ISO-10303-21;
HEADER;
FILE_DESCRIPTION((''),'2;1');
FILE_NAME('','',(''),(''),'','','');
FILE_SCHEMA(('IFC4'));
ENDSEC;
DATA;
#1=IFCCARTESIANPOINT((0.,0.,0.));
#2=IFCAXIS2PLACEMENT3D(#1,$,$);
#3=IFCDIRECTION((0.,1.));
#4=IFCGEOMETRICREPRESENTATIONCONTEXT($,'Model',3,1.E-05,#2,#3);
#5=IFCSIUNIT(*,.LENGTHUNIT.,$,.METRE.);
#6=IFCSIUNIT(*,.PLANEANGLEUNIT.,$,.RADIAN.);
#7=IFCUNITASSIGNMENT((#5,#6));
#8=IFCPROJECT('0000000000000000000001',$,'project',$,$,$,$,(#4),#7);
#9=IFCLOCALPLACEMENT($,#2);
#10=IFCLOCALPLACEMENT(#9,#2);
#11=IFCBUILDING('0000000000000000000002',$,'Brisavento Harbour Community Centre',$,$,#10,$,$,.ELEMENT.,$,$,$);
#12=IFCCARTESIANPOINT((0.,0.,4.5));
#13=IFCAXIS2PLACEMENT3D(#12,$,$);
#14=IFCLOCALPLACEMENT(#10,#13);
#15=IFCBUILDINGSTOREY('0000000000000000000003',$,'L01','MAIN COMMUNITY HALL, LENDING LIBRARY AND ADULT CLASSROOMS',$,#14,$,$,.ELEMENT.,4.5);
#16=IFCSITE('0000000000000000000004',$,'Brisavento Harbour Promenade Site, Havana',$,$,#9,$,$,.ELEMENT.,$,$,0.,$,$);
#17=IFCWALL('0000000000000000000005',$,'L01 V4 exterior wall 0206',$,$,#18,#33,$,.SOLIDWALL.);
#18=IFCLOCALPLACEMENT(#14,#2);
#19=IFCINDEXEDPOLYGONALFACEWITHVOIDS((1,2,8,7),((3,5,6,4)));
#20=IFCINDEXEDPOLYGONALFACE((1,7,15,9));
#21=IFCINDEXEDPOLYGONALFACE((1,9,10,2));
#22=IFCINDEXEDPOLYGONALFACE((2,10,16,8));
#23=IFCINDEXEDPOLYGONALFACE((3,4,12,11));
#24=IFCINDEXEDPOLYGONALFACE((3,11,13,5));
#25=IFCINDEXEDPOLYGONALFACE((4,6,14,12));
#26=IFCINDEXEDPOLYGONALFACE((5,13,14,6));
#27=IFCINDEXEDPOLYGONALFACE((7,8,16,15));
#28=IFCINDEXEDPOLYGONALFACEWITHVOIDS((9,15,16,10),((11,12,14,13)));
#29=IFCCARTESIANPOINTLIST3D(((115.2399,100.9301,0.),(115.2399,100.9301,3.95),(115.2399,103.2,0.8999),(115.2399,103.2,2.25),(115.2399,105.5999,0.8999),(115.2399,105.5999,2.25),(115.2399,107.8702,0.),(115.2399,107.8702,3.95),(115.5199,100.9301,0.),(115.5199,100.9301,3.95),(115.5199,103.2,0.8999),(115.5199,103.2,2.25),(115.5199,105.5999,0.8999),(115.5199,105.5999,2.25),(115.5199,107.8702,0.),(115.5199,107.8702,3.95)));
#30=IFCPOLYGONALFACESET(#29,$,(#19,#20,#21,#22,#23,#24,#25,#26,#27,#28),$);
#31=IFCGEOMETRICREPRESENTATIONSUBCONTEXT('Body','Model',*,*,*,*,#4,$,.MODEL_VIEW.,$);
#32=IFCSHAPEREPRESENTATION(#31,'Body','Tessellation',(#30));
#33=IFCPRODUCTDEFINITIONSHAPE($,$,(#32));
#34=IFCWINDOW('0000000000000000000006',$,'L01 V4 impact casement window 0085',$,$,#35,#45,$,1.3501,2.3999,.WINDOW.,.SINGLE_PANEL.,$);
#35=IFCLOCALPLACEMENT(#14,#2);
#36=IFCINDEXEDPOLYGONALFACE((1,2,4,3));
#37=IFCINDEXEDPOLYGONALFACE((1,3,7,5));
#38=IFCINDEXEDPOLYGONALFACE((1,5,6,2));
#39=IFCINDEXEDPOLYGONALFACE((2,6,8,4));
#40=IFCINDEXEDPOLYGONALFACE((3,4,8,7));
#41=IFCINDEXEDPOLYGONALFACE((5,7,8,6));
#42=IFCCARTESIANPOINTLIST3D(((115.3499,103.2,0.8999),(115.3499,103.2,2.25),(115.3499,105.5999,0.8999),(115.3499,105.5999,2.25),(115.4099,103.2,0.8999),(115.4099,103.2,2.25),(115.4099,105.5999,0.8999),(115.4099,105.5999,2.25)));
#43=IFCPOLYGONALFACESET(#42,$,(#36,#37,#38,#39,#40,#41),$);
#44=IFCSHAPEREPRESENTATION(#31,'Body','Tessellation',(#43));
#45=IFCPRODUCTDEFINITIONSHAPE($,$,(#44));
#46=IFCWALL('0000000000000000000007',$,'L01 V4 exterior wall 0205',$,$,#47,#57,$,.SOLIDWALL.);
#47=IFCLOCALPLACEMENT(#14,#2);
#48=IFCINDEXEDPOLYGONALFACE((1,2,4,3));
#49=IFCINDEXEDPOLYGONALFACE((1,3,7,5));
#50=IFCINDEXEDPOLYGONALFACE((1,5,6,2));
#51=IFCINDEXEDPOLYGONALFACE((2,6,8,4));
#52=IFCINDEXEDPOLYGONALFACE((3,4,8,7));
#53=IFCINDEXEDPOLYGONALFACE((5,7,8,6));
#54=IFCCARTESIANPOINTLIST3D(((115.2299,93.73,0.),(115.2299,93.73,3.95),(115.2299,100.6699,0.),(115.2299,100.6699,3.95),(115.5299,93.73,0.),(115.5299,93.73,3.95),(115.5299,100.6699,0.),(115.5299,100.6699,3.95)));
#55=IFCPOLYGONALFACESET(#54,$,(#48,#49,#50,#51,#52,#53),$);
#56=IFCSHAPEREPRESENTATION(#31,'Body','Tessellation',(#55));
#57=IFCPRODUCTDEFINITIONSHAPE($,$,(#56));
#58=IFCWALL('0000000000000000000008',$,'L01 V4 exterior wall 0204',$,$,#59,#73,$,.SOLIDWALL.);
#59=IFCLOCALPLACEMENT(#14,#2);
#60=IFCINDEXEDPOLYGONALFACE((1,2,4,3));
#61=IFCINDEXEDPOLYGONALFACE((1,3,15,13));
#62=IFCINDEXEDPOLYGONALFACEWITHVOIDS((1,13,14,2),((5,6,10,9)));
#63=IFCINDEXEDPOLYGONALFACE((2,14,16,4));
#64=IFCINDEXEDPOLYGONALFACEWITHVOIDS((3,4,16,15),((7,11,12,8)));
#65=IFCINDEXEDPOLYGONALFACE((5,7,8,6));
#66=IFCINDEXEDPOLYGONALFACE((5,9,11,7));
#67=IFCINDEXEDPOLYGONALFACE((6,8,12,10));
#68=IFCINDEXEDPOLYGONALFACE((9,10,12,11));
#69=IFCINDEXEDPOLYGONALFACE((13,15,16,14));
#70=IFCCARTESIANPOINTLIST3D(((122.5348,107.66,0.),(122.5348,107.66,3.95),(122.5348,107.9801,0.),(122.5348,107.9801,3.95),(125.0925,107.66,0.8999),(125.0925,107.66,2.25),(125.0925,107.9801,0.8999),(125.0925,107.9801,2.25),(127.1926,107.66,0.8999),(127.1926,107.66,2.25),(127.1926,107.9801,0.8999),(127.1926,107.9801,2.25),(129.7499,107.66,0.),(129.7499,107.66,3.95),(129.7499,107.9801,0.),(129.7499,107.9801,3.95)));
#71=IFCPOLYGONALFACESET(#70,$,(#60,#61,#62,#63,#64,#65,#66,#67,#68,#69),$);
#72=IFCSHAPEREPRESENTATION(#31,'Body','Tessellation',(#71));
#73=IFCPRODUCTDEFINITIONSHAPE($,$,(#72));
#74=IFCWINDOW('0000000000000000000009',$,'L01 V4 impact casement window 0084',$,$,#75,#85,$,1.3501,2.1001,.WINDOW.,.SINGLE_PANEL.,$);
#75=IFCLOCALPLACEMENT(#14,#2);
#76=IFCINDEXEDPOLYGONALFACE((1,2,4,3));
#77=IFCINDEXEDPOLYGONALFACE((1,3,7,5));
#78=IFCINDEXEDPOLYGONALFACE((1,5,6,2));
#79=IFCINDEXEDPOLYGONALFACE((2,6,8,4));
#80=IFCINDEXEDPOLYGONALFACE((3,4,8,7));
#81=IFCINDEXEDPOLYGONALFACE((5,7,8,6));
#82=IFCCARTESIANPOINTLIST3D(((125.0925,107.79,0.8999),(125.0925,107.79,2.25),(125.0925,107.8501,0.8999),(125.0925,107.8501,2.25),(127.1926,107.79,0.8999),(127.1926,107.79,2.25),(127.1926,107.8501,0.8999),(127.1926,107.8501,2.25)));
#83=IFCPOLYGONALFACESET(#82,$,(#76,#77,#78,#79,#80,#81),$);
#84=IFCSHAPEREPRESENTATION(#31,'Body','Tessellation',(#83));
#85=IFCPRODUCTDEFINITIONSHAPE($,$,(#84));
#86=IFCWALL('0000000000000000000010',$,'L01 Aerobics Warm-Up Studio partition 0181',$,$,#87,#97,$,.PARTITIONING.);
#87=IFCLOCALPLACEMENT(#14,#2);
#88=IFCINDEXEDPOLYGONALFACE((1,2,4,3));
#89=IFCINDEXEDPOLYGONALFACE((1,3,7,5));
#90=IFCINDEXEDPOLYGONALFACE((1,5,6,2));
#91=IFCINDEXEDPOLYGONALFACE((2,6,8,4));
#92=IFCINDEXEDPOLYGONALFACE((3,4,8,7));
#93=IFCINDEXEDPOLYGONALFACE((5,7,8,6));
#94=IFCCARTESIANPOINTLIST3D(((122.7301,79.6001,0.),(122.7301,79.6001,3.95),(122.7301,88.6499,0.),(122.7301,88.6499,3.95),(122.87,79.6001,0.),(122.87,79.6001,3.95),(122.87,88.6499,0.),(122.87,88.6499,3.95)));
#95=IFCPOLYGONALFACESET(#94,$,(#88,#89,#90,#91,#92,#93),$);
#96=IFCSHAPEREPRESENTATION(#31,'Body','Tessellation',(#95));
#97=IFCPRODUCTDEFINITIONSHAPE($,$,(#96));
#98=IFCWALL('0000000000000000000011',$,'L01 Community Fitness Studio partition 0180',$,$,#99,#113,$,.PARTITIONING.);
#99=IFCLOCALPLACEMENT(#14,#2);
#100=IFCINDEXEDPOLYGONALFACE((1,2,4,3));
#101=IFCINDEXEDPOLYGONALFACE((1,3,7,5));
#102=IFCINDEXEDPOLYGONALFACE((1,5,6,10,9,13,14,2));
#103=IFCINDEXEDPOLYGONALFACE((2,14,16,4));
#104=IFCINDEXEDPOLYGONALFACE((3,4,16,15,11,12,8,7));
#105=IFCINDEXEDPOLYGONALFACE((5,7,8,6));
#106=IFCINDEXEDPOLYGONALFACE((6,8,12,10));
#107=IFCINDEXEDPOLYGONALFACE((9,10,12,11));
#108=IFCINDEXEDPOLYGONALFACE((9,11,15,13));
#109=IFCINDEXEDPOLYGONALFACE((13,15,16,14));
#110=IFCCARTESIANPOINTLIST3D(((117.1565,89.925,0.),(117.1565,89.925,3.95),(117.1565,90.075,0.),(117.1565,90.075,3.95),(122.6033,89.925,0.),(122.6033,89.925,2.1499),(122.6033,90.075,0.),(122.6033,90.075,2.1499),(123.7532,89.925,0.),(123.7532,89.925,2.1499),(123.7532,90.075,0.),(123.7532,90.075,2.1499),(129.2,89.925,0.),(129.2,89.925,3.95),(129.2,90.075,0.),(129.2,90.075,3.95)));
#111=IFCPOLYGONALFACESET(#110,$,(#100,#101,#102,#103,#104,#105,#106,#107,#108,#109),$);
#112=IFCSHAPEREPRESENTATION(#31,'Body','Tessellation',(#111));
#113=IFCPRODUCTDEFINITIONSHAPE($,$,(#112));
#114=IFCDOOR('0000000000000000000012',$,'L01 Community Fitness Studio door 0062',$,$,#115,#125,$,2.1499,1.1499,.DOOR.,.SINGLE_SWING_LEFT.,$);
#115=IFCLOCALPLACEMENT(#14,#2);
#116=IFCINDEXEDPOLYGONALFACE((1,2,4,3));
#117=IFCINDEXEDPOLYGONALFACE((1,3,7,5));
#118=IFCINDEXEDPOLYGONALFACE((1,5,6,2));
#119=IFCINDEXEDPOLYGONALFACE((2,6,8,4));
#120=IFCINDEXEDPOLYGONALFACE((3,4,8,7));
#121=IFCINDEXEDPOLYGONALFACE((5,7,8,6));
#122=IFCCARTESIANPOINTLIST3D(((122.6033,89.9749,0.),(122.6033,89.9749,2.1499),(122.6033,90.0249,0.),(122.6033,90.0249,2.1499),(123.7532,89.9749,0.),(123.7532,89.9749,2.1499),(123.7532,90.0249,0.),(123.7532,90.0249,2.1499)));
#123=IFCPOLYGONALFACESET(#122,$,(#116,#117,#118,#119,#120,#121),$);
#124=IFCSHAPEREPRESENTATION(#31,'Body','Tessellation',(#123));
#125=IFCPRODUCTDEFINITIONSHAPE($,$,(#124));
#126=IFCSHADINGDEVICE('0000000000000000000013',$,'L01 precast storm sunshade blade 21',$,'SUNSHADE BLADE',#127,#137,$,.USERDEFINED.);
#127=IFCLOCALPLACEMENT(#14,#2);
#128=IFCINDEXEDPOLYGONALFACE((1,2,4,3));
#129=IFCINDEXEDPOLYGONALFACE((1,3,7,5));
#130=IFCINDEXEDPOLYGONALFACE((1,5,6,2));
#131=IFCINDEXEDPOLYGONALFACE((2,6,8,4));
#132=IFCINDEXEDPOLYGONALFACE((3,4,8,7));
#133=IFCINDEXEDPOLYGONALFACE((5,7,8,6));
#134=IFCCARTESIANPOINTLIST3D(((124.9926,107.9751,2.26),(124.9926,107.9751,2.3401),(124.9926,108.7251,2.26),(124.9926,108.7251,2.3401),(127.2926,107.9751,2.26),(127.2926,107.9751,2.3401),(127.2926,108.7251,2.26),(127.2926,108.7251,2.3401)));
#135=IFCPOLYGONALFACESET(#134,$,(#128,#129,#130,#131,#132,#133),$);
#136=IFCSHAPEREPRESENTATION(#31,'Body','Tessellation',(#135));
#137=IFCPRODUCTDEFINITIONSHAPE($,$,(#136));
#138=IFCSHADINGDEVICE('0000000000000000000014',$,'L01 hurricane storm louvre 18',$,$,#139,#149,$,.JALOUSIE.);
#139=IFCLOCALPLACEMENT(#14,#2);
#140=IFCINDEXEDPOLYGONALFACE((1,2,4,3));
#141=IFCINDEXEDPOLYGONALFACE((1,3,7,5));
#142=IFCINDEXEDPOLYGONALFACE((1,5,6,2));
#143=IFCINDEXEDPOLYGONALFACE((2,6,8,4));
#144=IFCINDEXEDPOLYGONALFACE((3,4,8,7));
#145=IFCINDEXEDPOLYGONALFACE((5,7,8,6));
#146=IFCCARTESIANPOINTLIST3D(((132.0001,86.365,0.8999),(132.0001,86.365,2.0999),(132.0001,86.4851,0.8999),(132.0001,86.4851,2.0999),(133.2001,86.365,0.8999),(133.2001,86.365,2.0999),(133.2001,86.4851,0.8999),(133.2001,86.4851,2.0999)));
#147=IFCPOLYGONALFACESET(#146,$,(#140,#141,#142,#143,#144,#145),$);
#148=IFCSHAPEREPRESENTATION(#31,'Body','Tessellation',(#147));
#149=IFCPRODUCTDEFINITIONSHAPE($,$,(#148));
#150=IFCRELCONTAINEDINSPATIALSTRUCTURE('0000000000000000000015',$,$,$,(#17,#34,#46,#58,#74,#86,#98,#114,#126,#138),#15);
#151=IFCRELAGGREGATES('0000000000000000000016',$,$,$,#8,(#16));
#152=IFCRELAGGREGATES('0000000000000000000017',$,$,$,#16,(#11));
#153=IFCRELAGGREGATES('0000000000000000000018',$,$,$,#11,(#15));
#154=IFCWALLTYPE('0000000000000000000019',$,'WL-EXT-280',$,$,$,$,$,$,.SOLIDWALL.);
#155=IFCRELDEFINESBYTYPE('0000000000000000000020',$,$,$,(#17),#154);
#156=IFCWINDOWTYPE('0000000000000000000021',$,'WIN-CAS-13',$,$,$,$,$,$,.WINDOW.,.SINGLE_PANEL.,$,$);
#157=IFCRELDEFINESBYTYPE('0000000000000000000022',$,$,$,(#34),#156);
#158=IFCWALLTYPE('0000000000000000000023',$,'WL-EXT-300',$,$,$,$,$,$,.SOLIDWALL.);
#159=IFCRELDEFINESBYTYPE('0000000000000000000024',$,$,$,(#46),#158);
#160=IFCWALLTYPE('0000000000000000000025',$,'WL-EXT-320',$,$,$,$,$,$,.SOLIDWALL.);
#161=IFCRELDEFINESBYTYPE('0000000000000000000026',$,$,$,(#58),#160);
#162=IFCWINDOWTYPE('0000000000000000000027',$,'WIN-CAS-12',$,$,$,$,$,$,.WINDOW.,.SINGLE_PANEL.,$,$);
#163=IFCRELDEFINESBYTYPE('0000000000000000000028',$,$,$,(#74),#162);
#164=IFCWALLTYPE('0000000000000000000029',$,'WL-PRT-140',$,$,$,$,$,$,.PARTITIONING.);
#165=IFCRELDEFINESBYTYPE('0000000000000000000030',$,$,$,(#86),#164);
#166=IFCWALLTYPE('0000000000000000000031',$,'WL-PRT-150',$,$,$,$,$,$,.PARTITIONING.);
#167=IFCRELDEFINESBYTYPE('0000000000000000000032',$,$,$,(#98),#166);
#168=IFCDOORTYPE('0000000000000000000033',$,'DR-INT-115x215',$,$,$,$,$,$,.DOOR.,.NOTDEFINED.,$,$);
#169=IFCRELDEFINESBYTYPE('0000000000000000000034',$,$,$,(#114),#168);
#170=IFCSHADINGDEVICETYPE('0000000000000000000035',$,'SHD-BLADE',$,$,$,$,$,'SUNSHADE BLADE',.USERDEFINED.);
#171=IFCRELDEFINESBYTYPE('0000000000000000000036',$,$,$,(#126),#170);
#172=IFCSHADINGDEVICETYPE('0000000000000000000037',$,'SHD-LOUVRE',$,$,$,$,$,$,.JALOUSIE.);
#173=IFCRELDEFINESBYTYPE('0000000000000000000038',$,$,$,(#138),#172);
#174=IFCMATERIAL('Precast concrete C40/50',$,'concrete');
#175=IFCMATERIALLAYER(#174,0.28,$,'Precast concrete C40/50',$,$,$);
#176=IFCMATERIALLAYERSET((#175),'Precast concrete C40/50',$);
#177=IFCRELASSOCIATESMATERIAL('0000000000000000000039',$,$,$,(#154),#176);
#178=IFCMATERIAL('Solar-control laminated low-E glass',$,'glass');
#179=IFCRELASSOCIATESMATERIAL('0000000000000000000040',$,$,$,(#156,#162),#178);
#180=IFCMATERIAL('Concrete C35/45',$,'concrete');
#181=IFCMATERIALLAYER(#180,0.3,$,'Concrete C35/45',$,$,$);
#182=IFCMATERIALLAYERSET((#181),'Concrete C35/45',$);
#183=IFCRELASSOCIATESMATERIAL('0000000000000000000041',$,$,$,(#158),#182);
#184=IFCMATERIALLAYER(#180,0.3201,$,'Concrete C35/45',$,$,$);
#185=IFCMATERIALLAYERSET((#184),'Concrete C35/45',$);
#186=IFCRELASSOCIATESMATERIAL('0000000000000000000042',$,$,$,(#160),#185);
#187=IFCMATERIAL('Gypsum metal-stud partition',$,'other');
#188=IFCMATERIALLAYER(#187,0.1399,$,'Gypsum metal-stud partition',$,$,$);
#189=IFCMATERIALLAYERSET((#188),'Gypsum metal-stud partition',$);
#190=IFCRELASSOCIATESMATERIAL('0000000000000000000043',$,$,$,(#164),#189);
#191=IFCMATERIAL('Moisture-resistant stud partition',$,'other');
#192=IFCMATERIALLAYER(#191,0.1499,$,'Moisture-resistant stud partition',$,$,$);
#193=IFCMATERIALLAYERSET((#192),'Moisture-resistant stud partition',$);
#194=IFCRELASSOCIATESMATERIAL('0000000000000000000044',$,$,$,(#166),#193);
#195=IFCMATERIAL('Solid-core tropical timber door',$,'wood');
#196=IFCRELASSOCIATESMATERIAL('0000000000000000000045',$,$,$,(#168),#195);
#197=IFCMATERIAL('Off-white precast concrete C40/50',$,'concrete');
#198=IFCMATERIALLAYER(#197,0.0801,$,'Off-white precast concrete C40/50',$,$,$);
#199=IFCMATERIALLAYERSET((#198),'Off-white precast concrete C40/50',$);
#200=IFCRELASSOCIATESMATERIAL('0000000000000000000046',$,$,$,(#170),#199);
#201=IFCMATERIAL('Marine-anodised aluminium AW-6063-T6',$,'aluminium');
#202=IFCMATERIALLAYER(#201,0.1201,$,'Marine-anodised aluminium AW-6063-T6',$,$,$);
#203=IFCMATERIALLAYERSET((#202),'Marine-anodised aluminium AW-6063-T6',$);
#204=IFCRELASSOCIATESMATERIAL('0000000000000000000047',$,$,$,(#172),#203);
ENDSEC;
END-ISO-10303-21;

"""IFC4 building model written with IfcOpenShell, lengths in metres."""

from ifc_helpers import new_model, si_unit, direction, frame, frame_2d, origin, origin_2d, place, context, subcontext, project, spatial, rectangle, extrude, material, layer, layer_set, type_object, element, fill, save


model = new_model("IFC4")

# Units and contexts
model_context = context("Model", 3, precision=1e-05, world=origin(), true_north=direction((0.0, 1.0)))
body_context = subcontext(model_context, "Body", "Model", "MODEL_VIEW")
ifc_project = project(units=[si_unit("LENGTHUNIT", "METRE"), si_unit("PLANEANGLEUNIT", "RADIAN")], contexts=[model_context])

# Site, building, storey
site_placement = place(None, origin())
site = spatial("IfcSite", under=ifc_project, at=site_placement, Name="Brisavento Harbour Promenade Site, Havana", CompositionType="ELEMENT", RefElevation=0.0)
building_placement = place(site_placement, origin())
building = spatial("IfcBuilding", under=site, at=building_placement, Name="Brisavento Harbour Community Centre", CompositionType="ELEMENT")
storey_placement = place(building_placement, frame((0.0, 0.0, 4.5)))
storey = spatial("IfcBuildingStorey", under=building, at=storey_placement, Name="L01", Description="MAIN COMMUNITY HALL, LENDING LIBRARY AND ADULT CLASSROOMS", CompositionType="ELEMENT", Elevation=4.5)

# Wall, opening, window
ifc_material_1 = material(Name="Solar-control laminated low-E glass", Category="glass")
ifc_material_2 = material(Name="Precast concrete C40/50", Category="concrete")
ifc_layer_1 = layer(ifc_material_2, 0.28, Name="Precast concrete C40/50")
ifc_layer_set_1 = layer_set([ifc_layer_1], Name="Precast concrete C40/50")
wall_type_1 = type_object("IfcWallType", Name="WL-EXT-280", PredefinedType="SOLIDWALL", material=ifc_layer_set_1)
wall_1_placement = place(storey_placement, frame((115.3799, 100.9299, 0.0), z_axis=(0.0, 0.0, 1.0), x_axis=(0.0, 1.0, 0.0)))
wall_1 = element("IfcWall", 1, at=wall_1_placement, inside=storey, type_object=wall_type_1, Name="L01 V4 exterior wall 0206", PredefinedType="SOLIDWALL", context=body_context, shape_type="SweptSolid", body=[
    extrude(rectangle(XDim=6.9402, YDim=0.28, at=frame_2d((3.4702, 0.0))), origin(), (0.0, 0.0, 1.0), 3.95),
])
opening_1_placement = place(wall_1_placement, frame((2.27, 0.0, 0.8999)))
opening_1 = element("IfcOpeningElement", 2, at=opening_1_placement, cuts=wall_1, PredefinedType="OPENING", context=body_context, shape_type="SweptSolid", body=[
    extrude(rectangle(XDim=2.3999, YDim=1.3501, at=frame_2d((1.2, 0.675))), frame((0.0, 0.1499, 0.0), z_axis=(0.0, -1.0, 0.0), x_axis=(1.0, 0.0, 0.0)), (0.0, 0.0, 1.0), 0.3),
])
window_type_1 = type_object("IfcWindowType", Name="WIN-CAS-13", PartitioningType="SINGLE_PANEL", PredefinedType="WINDOW", material=ifc_material_1)
window_1_placement = place(opening_1_placement, origin())
window_1 = element("IfcWindow", 3, at=window_1_placement, inside=storey, type_object=window_type_1, Name="L01 V4 impact casement window 0085", OverallHeight=1.3501, OverallWidth=2.3999, PartitioningType="SINGLE_PANEL", PredefinedType="WINDOW", context=body_context, shape_type="SweptSolid", body=[
    extrude(rectangle(XDim=2.3999, YDim=1.3501, at=frame_2d((1.2, 0.675))), frame((0.0, 0.03, 0.0), z_axis=(0.0, -1.0, 0.0), x_axis=(1.0, 0.0, 0.0)), (0.0, 0.0, 1.0), 0.0601),
])
fill(opening_1, window_1)

# Wall
ifc_material_3 = material(Name="Concrete C35/45", Category="concrete")
ifc_layer_2 = layer(ifc_material_3, 0.3, Name="Concrete C35/45")
ifc_layer_set_2 = layer_set([ifc_layer_2], Name="Concrete C35/45")
wall_type_2 = type_object("IfcWallType", Name="WL-EXT-300", PredefinedType="SOLIDWALL", material=ifc_layer_set_2)
wall_2_placement = place(storey_placement, frame((115.3799, 93.73, 0.0), z_axis=(0.0, 0.0, 1.0), x_axis=(0.0, 1.0, 0.0)))
element("IfcWall", 4, at=wall_2_placement, inside=storey, type_object=wall_type_2, Name="L01 V4 exterior wall 0205", PredefinedType="SOLIDWALL", context=body_context, shape_type="SweptSolid", body=[
    extrude(rectangle(XDim=6.9399, YDim=0.3, at=frame_2d((3.47, 0.0))), origin(), (0.0, 0.0, 1.0), 3.95),
])

# Wall, opening, window
ifc_layer_3 = layer(ifc_material_3, 0.3201, Name="Concrete C35/45")
ifc_layer_set_3 = layer_set([ifc_layer_3], Name="Concrete C35/45")
wall_type_3 = type_object("IfcWallType", Name="WL-EXT-320", PredefinedType="SOLIDWALL", material=ifc_layer_set_3)
wall_3_placement = place(storey_placement, frame((122.5349, 107.8201, 0.0), z_axis=(0.0, 0.0, 1.0), x_axis=(1.0, 0.0, 0.0)))
wall_3 = element("IfcWall", 5, at=wall_3_placement, inside=storey, type_object=wall_type_3, Name="L01 V4 exterior wall 0204", PredefinedType="SOLIDWALL", context=body_context, shape_type="SweptSolid", body=[
    extrude(rectangle(XDim=7.2151, YDim=0.3201, at=frame_2d((3.6074, 0.0))), origin(), (0.0, 0.0, 1.0), 3.95),
])
opening_2_placement = place(wall_3_placement, frame((2.5576, 0.0, 0.8999)))
opening_2 = element("IfcOpeningElement", 6, at=opening_2_placement, cuts=wall_3, PredefinedType="OPENING", context=body_context, shape_type="SweptSolid", body=[
    extrude(rectangle(XDim=2.1001, YDim=1.3501, at=frame_2d((1.05, 0.675))), frame((0.0, 0.1699, 0.0), z_axis=(0.0, -1.0, 0.0), x_axis=(1.0, 0.0, 0.0)), (0.0, 0.0, 1.0), 0.3401),
])
window_type_2 = type_object("IfcWindowType", Name="WIN-CAS-12", PartitioningType="SINGLE_PANEL", PredefinedType="WINDOW", material=ifc_material_1)
window_2_placement = place(opening_2_placement, origin())
window_2 = element("IfcWindow", 7, at=window_2_placement, inside=storey, type_object=window_type_2, Name="L01 V4 impact casement window 0084", OverallHeight=1.3501, OverallWidth=2.1001, PartitioningType="SINGLE_PANEL", PredefinedType="WINDOW", context=body_context, shape_type="SweptSolid", body=[
    extrude(rectangle(XDim=2.1001, YDim=1.3501, at=frame_2d((1.05, 0.675))), frame((0.0, 0.03, 0.0), z_axis=(0.0, -1.0, 0.0), x_axis=(1.0, 0.0, 0.0)), (0.0, 0.0, 1.0), 0.0601),
])
fill(opening_2, window_2)

# Wall
ifc_material_4 = material(Name="Gypsum metal-stud partition", Category="other")
ifc_layer_4 = layer(ifc_material_4, 0.1399, Name="Gypsum metal-stud partition")
ifc_layer_set_4 = layer_set([ifc_layer_4], Name="Gypsum metal-stud partition")
wall_type_4 = type_object("IfcWallType", Name="WL-PRT-140", PredefinedType="PARTITIONING", material=ifc_layer_set_4)
wall_4_placement = place(storey_placement, frame((122.8, 88.6499, 0.0), z_axis=(0.0, 0.0, 1.0), x_axis=(0.0, -1.0, 0.0)))
element("IfcWall", 8, at=wall_4_placement, inside=storey, type_object=wall_type_4, Name="L01 Aerobics Warm-Up Studio partition 0181", PredefinedType="PARTITIONING", context=body_context, shape_type="SweptSolid", body=[
    extrude(rectangle(XDim=9.0498, YDim=0.1399, at=frame_2d((4.5249, 0.0))), origin(), (0.0, 0.0, 1.0), 3.95),
])

# Wall, opening, door
ifc_material_5 = material(Name="Moisture-resistant stud partition", Category="other")
ifc_layer_5 = layer(ifc_material_5, 0.1499, Name="Moisture-resistant stud partition")
ifc_layer_set_5 = layer_set([ifc_layer_5], Name="Moisture-resistant stud partition")
wall_type_5 = type_object("IfcWallType", Name="WL-PRT-150", PredefinedType="PARTITIONING", material=ifc_layer_set_5)
wall_5_placement = place(storey_placement, frame((117.1565, 90.0, 0.0), z_axis=(0.0, 0.0, 1.0), x_axis=(1.0, 0.0, 0.0)))
wall_5 = element("IfcWall", 9, at=wall_5_placement, inside=storey, type_object=wall_type_5, Name="L01 Community Fitness Studio partition 0180", PredefinedType="PARTITIONING", context=body_context, shape_type="SweptSolid", body=[
    extrude(rectangle(XDim=12.0435, YDim=0.1499, at=frame_2d((6.0217, 0.0))), origin(), (0.0, 0.0, 1.0), 3.95),
])
opening_3_placement = place(wall_5_placement, frame((5.4468, 0.0, 0.0)))
opening_3 = element("IfcOpeningElement", 10, at=opening_3_placement, cuts=wall_5, PredefinedType="OPENING", context=body_context, shape_type="SweptSolid", body=[
    extrude(rectangle(XDim=1.1499, YDim=2.1499, at=frame_2d((0.575, 1.075))), frame((0.0, 0.085, 0.0), z_axis=(0.0, -1.0, 0.0), x_axis=(1.0, 0.0, 0.0)), (0.0, 0.0, 1.0), 0.1699),
])
ifc_material_6 = material(Name="Solid-core tropical timber door", Category="wood")
door_type = type_object("IfcDoorType", Name="DR-INT-115x215", OperationType="NOTDEFINED", PredefinedType="DOOR", material=ifc_material_6)
door_placement = place(opening_3_placement, origin())
door = element("IfcDoor", 11, at=door_placement, inside=storey, type_object=door_type, Name="L01 Community Fitness Studio door 0062", OperationType="SINGLE_SWING_LEFT", OverallHeight=2.1499, OverallWidth=1.1499, PredefinedType="DOOR", context=body_context, shape_type="SweptSolid", body=[
    extrude(rectangle(XDim=1.1499, YDim=2.1499, at=frame_2d((0.575, 1.075))), frame((0.0, 0.0249, 0.0), z_axis=(0.0, -1.0, 0.0), x_axis=(1.0, 0.0, 0.0)), (0.0, 0.0, 1.0), 0.05),
])
fill(opening_3, door)

# Shading devices
ifc_material_7 = material(Name="Off-white precast concrete C40/50", Category="concrete")
ifc_layer_6 = layer(ifc_material_7, 0.0801, Name="Off-white precast concrete C40/50")
ifc_layer_set_6 = layer_set([ifc_layer_6], Name="Off-white precast concrete C40/50")
shading_device_type_1 = type_object("IfcShadingDeviceType", Name="SHD-BLADE", ElementType="SUNSHADE BLADE", PredefinedType="USERDEFINED", material=ifc_layer_set_6)
shading_device_1_placement = place(storey_placement, frame((126.1426, 108.3501, 2.26), z_axis=(0.0, 0.0, 1.0), x_axis=(1.0, 0.0, 0.0)))
element("IfcShadingDevice", 12, at=shading_device_1_placement, inside=storey, type_object=shading_device_type_1, Name="L01 precast storm sunshade blade 21", ObjectType="SUNSHADE BLADE", PredefinedType="USERDEFINED", context=body_context, shape_type="SweptSolid", body=[
    extrude(rectangle(XDim=2.3, YDim=0.75, at=origin_2d()), origin(), (0.0, 0.0, 1.0), 0.0801),
])
ifc_material_8 = material(Name="Marine-anodised aluminium AW-6063-T6", Category="aluminium")
ifc_layer_7 = layer(ifc_material_8, 0.1201, Name="Marine-anodised aluminium AW-6063-T6")
ifc_layer_set_7 = layer_set([ifc_layer_7], Name="Marine-anodised aluminium AW-6063-T6")
shading_device_type_2 = type_object("IfcShadingDeviceType", Name="SHD-LOUVRE", PredefinedType="JALOUSIE", material=ifc_layer_set_7)
shading_device_2_placement = place(storey_placement, frame((132.6001, 86.425, 0.8999), z_axis=(0.0, 0.0, 1.0), x_axis=(1.0, 0.0, 0.0)))
element("IfcShadingDevice", 13, at=shading_device_2_placement, inside=storey, type_object=shading_device_type_2, Name="L01 hurricane storm louvre 18", PredefinedType="JALOUSIE", context=body_context, shape_type="SweptSolid", body=[
    extrude(rectangle(XDim=1.2, YDim=0.1201, at=origin_2d()), origin(), (0.0, 0.0, 1.0), 1.2),
])

save(model, "model.ifc")
